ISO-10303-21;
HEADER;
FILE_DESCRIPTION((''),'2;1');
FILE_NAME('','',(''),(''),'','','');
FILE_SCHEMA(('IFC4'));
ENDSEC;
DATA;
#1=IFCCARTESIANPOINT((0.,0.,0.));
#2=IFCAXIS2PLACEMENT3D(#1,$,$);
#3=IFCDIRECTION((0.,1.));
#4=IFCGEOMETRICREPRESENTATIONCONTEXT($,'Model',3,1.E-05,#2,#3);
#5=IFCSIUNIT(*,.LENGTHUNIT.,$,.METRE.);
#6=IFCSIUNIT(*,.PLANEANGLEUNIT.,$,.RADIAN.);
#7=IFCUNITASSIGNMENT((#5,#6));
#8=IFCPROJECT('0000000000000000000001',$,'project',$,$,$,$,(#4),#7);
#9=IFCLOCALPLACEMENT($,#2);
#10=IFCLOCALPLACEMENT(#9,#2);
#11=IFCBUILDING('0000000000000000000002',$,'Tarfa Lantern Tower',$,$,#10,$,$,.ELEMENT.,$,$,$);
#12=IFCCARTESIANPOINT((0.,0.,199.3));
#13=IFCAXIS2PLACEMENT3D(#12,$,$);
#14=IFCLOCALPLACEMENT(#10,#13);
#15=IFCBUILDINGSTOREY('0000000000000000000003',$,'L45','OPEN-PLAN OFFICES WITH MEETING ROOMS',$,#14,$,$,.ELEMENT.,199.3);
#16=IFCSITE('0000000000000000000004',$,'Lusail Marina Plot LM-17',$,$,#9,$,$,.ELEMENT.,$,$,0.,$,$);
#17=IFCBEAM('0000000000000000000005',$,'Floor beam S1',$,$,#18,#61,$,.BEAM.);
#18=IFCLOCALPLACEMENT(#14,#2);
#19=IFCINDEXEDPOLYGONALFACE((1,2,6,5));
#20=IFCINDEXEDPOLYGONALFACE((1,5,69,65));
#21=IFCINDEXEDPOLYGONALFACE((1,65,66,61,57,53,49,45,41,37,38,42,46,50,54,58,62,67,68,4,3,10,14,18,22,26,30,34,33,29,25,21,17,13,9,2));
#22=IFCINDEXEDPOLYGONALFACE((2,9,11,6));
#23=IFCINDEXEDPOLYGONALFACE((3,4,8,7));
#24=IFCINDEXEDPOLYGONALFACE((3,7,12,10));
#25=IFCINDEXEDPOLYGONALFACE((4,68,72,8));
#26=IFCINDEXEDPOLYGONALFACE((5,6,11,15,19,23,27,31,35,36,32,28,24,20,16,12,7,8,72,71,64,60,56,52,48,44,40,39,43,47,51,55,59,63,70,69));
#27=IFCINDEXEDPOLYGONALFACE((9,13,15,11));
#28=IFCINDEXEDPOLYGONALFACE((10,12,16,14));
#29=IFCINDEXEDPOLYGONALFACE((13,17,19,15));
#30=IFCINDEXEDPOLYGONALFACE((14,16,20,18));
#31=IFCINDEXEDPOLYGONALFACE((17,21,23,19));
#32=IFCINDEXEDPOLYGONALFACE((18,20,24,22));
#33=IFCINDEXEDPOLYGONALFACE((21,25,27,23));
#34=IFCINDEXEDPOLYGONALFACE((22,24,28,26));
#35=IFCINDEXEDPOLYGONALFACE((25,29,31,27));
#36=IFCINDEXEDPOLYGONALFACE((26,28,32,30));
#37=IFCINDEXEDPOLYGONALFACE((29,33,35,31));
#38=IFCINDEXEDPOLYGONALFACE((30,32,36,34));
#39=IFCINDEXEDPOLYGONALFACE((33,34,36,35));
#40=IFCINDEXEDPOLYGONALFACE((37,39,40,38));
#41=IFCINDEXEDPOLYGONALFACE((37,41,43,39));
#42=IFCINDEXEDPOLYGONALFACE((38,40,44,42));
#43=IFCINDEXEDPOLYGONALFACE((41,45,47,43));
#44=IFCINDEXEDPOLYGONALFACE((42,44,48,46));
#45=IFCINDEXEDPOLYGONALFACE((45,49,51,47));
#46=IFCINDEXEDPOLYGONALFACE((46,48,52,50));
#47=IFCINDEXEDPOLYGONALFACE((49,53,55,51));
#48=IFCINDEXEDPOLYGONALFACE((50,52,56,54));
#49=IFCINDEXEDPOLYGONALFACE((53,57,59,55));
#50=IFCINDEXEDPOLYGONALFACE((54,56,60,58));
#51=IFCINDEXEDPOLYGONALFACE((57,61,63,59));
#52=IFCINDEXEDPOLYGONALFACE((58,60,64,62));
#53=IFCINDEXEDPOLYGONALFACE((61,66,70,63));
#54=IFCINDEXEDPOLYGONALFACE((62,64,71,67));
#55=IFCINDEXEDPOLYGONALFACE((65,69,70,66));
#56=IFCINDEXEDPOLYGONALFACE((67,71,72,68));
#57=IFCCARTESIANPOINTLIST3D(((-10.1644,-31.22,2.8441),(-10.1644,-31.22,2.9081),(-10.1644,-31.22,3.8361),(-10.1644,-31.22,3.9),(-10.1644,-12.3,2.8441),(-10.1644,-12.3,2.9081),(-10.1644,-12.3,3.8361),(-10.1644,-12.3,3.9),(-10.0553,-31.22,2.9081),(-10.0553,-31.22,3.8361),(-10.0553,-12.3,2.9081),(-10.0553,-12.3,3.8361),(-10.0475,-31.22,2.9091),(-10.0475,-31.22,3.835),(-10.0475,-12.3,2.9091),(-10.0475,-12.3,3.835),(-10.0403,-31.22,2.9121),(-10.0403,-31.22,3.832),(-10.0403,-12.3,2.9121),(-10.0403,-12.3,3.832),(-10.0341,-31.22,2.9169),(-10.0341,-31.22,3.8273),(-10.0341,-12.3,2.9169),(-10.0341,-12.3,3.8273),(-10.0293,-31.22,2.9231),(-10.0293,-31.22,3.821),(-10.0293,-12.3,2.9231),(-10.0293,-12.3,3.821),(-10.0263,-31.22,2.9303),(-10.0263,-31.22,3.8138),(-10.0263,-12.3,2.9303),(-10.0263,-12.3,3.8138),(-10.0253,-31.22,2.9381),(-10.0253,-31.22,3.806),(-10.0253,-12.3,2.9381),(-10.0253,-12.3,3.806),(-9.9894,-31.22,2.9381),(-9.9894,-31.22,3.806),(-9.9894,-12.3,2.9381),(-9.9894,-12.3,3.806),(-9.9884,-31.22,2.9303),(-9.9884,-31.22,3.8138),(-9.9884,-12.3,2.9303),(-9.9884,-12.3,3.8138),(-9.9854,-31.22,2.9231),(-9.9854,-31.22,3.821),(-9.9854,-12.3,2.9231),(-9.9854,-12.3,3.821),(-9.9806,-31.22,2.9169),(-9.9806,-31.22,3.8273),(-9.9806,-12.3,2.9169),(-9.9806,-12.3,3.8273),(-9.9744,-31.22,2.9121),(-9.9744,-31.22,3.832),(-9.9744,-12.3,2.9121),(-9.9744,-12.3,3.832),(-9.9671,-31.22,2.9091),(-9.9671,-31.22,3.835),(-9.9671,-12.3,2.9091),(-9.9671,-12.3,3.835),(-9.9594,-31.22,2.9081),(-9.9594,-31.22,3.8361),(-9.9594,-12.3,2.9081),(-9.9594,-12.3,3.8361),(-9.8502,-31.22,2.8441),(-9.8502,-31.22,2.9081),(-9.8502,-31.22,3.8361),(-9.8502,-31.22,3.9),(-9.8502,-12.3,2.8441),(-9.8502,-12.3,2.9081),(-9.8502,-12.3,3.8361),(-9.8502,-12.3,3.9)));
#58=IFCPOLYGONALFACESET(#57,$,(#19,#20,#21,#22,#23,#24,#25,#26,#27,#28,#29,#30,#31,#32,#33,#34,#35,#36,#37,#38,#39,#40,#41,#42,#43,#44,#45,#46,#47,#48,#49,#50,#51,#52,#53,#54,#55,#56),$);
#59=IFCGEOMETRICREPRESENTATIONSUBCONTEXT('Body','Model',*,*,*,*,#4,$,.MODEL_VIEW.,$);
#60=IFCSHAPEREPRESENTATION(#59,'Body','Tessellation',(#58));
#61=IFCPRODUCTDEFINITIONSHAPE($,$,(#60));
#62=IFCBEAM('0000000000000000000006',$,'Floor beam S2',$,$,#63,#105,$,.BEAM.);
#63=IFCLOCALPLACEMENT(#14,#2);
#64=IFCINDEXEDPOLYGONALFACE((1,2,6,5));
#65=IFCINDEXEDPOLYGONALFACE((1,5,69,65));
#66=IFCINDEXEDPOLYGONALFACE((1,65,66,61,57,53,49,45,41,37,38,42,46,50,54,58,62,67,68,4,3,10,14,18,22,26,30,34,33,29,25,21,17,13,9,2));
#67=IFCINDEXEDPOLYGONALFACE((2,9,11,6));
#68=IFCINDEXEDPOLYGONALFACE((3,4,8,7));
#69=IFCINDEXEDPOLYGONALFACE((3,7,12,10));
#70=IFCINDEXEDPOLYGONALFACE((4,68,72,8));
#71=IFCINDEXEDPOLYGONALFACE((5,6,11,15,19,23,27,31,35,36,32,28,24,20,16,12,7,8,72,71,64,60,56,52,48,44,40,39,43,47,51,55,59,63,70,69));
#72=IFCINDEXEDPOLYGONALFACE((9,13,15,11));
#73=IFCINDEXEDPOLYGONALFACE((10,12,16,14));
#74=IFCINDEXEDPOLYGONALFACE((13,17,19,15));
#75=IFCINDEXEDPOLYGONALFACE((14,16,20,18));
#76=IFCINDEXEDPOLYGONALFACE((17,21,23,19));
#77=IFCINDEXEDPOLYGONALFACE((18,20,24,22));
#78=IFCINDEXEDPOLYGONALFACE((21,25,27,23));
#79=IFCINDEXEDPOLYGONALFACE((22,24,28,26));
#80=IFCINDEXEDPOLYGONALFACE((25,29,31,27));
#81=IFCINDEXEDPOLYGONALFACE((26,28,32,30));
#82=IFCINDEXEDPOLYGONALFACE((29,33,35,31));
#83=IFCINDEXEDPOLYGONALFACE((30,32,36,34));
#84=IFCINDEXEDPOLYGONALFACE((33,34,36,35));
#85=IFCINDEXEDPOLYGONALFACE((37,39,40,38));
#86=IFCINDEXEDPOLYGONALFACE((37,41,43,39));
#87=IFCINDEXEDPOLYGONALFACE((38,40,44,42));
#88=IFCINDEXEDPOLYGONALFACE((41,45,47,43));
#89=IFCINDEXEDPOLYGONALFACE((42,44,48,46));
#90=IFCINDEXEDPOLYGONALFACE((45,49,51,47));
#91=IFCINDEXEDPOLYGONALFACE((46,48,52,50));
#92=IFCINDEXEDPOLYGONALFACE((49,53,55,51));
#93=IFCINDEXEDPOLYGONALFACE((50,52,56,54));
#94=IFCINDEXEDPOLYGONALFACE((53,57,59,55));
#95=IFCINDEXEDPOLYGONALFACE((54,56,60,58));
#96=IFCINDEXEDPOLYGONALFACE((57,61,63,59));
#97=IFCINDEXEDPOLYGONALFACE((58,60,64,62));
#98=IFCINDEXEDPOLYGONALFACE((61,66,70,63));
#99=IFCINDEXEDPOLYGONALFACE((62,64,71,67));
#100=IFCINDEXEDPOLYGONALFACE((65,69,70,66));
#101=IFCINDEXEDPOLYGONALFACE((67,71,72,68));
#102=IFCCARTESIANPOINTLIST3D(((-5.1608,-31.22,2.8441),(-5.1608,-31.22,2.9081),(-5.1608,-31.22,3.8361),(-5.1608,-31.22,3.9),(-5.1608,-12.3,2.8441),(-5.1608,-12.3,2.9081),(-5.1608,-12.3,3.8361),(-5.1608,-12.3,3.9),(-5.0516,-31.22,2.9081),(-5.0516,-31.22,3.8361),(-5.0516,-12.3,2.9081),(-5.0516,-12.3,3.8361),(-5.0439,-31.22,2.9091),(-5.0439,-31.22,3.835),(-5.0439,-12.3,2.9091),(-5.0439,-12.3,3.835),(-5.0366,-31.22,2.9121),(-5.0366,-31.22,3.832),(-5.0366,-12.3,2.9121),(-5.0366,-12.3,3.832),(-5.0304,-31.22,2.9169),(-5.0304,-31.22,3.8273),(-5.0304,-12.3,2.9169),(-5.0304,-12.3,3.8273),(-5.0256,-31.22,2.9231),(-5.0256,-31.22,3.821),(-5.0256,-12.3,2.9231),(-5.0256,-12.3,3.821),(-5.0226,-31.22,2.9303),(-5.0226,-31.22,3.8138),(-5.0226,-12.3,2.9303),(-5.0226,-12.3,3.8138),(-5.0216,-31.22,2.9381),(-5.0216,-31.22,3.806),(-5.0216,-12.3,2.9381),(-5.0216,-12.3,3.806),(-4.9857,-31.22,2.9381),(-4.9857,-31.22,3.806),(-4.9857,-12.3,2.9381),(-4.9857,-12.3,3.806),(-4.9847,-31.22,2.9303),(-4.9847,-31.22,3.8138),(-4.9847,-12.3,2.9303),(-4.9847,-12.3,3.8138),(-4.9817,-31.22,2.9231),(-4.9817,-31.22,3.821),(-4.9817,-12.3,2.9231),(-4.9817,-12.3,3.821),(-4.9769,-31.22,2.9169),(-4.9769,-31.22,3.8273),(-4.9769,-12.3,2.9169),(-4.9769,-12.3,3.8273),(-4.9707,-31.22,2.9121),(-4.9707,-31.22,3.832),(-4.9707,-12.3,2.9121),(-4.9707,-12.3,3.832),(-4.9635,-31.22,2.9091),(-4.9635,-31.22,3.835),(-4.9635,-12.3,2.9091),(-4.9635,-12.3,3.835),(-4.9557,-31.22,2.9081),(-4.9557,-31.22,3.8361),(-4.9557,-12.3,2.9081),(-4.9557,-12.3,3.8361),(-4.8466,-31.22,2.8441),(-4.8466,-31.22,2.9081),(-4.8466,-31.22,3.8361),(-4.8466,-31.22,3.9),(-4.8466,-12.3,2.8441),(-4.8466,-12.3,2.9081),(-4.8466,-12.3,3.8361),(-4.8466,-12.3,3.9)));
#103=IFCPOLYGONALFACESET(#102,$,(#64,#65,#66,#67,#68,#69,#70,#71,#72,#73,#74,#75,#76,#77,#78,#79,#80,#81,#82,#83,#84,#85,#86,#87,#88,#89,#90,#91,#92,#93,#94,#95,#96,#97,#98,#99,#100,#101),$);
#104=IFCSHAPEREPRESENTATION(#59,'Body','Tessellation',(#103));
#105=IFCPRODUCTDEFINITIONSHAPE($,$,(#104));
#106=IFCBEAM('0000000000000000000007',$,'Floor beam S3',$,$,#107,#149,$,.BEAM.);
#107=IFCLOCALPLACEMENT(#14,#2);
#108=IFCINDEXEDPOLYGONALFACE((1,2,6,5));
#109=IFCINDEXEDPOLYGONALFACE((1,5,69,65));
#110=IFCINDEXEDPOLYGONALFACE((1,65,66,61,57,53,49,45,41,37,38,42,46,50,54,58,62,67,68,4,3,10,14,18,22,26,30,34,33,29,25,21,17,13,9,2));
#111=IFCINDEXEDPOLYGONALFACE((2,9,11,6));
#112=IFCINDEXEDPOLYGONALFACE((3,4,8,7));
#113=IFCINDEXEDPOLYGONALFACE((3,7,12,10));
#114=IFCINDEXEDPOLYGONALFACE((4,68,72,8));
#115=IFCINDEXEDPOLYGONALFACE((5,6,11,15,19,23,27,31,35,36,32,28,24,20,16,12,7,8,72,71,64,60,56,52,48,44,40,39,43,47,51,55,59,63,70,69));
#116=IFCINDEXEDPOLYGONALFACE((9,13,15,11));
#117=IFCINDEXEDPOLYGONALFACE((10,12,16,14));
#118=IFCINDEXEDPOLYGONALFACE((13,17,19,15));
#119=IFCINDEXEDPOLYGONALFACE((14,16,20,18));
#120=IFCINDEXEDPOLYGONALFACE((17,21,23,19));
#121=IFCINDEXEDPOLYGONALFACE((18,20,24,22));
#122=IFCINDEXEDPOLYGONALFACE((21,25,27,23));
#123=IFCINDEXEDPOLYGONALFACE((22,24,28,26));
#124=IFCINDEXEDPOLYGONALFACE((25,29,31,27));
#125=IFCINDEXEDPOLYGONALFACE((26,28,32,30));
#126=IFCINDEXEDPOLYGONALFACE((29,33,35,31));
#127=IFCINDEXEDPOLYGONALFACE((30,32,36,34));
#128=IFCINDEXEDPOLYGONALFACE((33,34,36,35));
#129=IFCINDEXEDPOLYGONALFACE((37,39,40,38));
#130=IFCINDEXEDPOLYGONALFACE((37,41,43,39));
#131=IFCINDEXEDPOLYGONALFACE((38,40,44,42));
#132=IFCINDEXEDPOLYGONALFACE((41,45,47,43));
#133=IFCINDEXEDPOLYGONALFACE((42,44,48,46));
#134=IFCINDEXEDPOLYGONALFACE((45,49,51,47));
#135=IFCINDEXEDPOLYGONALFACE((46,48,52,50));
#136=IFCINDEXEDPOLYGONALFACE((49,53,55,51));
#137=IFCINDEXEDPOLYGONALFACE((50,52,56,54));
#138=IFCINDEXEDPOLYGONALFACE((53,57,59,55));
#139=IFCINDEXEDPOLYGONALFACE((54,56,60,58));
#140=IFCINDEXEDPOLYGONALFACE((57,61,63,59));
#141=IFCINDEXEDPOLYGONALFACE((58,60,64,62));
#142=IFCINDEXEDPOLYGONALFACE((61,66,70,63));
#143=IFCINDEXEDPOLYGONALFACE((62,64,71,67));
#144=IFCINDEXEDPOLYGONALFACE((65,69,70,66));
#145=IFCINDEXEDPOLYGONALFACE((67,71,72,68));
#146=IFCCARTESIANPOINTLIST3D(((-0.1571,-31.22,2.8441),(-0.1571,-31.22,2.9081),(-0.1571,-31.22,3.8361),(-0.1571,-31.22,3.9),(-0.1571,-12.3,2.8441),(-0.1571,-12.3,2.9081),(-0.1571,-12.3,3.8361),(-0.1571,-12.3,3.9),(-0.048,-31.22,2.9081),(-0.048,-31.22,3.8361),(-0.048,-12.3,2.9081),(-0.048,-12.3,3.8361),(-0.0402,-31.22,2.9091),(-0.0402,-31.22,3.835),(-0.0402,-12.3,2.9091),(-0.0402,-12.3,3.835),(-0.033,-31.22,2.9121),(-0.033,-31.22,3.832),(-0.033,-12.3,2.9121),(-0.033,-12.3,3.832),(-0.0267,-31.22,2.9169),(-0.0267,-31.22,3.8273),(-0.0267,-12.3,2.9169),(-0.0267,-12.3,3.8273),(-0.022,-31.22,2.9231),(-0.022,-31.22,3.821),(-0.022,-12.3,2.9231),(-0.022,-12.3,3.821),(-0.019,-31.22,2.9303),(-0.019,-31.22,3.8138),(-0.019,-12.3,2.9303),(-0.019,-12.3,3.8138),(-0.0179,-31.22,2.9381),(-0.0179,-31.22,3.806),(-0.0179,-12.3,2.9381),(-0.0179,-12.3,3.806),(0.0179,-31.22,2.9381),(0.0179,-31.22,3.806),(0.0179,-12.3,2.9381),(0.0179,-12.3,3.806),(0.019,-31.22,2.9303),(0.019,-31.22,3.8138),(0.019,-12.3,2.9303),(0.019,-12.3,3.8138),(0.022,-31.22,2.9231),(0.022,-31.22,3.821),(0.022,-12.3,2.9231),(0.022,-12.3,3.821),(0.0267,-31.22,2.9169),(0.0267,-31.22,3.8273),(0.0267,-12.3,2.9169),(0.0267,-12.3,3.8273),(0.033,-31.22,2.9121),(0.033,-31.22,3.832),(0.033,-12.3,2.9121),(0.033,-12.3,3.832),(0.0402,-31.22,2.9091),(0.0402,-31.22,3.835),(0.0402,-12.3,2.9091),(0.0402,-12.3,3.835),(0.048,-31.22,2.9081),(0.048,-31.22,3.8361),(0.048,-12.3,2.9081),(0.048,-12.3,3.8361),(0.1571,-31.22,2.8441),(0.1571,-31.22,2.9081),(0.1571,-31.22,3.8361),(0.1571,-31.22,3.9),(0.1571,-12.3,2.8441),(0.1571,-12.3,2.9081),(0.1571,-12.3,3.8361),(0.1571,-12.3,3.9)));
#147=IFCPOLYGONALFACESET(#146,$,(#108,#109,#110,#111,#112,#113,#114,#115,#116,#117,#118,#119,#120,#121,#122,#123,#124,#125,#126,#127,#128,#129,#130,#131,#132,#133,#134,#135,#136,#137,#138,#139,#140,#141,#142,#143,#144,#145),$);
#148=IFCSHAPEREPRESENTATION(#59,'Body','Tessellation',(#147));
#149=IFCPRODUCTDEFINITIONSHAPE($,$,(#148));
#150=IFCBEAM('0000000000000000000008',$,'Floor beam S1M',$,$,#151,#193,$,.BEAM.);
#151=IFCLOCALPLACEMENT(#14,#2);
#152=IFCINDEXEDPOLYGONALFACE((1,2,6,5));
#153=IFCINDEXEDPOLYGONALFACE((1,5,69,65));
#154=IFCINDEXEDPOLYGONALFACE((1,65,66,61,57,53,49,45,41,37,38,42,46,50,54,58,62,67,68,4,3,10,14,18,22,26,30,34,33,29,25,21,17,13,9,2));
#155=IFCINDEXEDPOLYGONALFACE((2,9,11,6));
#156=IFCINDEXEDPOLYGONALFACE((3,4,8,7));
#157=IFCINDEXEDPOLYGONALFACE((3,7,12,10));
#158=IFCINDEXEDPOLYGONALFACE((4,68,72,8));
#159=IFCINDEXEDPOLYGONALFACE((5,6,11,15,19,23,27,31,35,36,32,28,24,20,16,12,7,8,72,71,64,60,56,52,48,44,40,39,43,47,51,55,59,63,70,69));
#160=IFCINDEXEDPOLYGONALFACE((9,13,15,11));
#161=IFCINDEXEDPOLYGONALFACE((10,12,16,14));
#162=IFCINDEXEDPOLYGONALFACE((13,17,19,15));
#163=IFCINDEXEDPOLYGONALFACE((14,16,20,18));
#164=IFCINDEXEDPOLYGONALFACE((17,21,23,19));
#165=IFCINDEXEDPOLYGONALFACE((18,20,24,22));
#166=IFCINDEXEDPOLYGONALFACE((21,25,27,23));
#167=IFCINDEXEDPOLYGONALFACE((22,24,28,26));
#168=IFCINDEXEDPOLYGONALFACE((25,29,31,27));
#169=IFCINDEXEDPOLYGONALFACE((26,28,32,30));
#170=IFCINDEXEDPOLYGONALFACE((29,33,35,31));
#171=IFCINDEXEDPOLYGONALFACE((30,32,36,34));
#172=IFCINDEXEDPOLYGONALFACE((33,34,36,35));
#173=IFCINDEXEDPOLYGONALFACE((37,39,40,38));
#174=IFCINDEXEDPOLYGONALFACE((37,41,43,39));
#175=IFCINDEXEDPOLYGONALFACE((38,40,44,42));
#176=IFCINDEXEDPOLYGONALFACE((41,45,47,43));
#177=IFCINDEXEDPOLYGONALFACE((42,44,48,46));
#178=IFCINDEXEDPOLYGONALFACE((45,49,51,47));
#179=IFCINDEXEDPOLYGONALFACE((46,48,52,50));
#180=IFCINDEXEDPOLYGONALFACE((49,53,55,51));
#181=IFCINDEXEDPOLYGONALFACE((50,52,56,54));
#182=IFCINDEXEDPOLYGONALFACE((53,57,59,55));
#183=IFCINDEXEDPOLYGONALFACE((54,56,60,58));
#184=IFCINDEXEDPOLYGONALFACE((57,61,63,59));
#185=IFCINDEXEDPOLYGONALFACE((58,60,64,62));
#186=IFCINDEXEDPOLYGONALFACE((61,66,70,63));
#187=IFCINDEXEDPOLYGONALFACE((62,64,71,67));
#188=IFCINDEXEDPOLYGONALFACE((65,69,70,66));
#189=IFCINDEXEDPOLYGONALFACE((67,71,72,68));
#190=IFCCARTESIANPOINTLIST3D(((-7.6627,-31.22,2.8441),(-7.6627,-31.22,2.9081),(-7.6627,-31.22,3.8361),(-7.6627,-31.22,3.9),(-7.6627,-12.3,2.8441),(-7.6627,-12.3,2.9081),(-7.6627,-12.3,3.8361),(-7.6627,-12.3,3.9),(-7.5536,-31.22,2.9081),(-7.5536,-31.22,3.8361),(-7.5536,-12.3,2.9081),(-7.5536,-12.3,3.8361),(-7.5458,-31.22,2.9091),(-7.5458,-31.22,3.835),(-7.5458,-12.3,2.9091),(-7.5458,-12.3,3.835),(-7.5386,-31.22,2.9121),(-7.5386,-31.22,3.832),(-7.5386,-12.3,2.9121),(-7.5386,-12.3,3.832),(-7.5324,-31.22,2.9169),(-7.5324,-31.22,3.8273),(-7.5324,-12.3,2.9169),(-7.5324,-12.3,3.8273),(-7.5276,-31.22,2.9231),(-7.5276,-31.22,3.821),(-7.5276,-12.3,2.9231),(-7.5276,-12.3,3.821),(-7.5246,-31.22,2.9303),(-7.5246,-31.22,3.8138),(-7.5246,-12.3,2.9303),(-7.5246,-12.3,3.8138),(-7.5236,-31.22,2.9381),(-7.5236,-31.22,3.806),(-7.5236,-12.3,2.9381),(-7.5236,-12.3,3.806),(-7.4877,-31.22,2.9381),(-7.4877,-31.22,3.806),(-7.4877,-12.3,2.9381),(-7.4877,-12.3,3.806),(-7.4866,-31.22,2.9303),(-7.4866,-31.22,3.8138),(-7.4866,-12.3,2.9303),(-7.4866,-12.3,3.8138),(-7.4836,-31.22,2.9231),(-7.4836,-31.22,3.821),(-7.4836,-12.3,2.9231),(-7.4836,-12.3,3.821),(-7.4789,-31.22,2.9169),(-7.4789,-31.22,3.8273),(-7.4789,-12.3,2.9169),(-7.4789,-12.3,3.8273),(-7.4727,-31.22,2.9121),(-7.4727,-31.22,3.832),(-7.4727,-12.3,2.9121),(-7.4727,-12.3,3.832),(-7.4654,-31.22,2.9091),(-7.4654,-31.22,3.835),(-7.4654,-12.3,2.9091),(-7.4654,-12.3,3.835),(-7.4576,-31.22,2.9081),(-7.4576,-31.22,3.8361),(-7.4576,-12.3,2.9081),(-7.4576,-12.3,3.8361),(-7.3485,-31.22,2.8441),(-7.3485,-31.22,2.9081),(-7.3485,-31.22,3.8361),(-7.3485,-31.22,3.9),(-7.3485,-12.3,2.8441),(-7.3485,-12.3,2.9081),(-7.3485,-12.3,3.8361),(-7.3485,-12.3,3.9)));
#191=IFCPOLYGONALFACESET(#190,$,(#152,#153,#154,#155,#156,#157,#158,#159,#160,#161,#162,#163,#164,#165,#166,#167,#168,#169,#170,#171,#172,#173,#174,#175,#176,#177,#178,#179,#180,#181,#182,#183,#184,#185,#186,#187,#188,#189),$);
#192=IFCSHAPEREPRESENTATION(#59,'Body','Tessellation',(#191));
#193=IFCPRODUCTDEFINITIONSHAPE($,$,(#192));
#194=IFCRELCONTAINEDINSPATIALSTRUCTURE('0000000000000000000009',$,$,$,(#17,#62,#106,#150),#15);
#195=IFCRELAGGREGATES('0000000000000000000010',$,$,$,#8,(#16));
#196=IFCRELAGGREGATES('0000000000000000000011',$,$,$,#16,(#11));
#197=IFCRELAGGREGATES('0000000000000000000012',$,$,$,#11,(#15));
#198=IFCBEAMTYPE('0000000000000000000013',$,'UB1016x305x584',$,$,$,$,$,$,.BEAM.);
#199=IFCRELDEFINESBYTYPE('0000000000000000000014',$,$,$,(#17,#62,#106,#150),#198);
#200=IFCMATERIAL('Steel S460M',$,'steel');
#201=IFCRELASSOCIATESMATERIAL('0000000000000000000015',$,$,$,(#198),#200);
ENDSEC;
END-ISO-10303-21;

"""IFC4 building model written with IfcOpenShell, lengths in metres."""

from ifc_helpers import new_model, si_unit, direction, frame, origin, origin_2d, place, context, subcontext, project, spatial, i_section, extrude, material, material_profile, profile_set, type_object, element, save


model = new_model("IFC4")

# Units and contexts
model_context = context("Model", 3, precision=1e-05, world=origin(), true_north=direction((0.0, 1.0)))
body_context = subcontext(model_context, "Body", "Model", "MODEL_VIEW")
ifc_project = project(units=[si_unit("LENGTHUNIT", "METRE"), si_unit("PLANEANGLEUNIT", "RADIAN")], contexts=[model_context])

# Site, building, storey
site_placement = place(None, origin())
site = spatial("IfcSite", under=ifc_project, at=site_placement, Name="Lusail Marina Plot LM-17", CompositionType="ELEMENT", RefElevation=0.0)
building_placement = place(site_placement, origin())
building = spatial("IfcBuilding", under=site, at=building_placement, Name="Tarfa Lantern Tower", CompositionType="ELEMENT")
storey_placement = place(building_placement, frame((0.0, 0.0, 199.3)))
storey = spatial("IfcBuildingStorey", under=building, at=storey_placement, Name="L45", Description="OPEN-PLAN OFFICES WITH MEETING ROOMS", CompositionType="ELEMENT", Elevation=199.3)

# Beams
ifc_material_1 = material(Name="Steel S460M", Category="steel")
ifc_material_profile_1 = material_profile(ifc_material_1, i_section(OverallWidth=0.3142, OverallDepth=1.0559, WebThickness=0.0359, FlangeThickness=0.064, FilletRadius=0.03, at=origin_2d()), Name="UB1016x305x584")
ifc_profile_set_1 = profile_set([ifc_material_profile_1], Name="Steel S460M")
beam_type_1 = type_object("IfcBeamType", Name="UB1016x305x584", PredefinedType="BEAM", material=ifc_profile_set_1)
for number, where, z_axis, x_axis, name in (
    (1, (-10.0073, -31.22, 3.3721), (0.0, 1.0, 0.0), (-1.0, 0.0, 0.0), "Floor beam S1"),
    (2, (-5.0037, -31.22, 3.3721), (0.0, 1.0, 0.0), (-1.0, 0.0, 0.0), "Floor beam S2"),
    (3, (0.0, -31.22, 3.3721), (0.0, 1.0, 0.0), (-1.0, 0.0, 0.0), "Floor beam S3"),
    (4, (-7.5056, -31.22, 3.3721), (0.0, 1.0, 0.0), (-1.0, 0.0, 0.0), "Floor beam S1M"),
):
    element("IfcBeam", number, at=place(storey_placement, frame(where, z_axis=z_axis, x_axis=x_axis)), inside=storey, type_object=beam_type_1, Name=name, PredefinedType="BEAM", context=body_context, shape_type="SweptSolid", body=[
        extrude(i_section(OverallWidth=0.3142, OverallDepth=1.0559, WebThickness=0.0359, FlangeThickness=0.064, FilletRadius=0.03, at=origin_2d()), origin(), (0.0, 0.0, 1.0), 18.9199),
    ])

save(model, "model.ifc")
